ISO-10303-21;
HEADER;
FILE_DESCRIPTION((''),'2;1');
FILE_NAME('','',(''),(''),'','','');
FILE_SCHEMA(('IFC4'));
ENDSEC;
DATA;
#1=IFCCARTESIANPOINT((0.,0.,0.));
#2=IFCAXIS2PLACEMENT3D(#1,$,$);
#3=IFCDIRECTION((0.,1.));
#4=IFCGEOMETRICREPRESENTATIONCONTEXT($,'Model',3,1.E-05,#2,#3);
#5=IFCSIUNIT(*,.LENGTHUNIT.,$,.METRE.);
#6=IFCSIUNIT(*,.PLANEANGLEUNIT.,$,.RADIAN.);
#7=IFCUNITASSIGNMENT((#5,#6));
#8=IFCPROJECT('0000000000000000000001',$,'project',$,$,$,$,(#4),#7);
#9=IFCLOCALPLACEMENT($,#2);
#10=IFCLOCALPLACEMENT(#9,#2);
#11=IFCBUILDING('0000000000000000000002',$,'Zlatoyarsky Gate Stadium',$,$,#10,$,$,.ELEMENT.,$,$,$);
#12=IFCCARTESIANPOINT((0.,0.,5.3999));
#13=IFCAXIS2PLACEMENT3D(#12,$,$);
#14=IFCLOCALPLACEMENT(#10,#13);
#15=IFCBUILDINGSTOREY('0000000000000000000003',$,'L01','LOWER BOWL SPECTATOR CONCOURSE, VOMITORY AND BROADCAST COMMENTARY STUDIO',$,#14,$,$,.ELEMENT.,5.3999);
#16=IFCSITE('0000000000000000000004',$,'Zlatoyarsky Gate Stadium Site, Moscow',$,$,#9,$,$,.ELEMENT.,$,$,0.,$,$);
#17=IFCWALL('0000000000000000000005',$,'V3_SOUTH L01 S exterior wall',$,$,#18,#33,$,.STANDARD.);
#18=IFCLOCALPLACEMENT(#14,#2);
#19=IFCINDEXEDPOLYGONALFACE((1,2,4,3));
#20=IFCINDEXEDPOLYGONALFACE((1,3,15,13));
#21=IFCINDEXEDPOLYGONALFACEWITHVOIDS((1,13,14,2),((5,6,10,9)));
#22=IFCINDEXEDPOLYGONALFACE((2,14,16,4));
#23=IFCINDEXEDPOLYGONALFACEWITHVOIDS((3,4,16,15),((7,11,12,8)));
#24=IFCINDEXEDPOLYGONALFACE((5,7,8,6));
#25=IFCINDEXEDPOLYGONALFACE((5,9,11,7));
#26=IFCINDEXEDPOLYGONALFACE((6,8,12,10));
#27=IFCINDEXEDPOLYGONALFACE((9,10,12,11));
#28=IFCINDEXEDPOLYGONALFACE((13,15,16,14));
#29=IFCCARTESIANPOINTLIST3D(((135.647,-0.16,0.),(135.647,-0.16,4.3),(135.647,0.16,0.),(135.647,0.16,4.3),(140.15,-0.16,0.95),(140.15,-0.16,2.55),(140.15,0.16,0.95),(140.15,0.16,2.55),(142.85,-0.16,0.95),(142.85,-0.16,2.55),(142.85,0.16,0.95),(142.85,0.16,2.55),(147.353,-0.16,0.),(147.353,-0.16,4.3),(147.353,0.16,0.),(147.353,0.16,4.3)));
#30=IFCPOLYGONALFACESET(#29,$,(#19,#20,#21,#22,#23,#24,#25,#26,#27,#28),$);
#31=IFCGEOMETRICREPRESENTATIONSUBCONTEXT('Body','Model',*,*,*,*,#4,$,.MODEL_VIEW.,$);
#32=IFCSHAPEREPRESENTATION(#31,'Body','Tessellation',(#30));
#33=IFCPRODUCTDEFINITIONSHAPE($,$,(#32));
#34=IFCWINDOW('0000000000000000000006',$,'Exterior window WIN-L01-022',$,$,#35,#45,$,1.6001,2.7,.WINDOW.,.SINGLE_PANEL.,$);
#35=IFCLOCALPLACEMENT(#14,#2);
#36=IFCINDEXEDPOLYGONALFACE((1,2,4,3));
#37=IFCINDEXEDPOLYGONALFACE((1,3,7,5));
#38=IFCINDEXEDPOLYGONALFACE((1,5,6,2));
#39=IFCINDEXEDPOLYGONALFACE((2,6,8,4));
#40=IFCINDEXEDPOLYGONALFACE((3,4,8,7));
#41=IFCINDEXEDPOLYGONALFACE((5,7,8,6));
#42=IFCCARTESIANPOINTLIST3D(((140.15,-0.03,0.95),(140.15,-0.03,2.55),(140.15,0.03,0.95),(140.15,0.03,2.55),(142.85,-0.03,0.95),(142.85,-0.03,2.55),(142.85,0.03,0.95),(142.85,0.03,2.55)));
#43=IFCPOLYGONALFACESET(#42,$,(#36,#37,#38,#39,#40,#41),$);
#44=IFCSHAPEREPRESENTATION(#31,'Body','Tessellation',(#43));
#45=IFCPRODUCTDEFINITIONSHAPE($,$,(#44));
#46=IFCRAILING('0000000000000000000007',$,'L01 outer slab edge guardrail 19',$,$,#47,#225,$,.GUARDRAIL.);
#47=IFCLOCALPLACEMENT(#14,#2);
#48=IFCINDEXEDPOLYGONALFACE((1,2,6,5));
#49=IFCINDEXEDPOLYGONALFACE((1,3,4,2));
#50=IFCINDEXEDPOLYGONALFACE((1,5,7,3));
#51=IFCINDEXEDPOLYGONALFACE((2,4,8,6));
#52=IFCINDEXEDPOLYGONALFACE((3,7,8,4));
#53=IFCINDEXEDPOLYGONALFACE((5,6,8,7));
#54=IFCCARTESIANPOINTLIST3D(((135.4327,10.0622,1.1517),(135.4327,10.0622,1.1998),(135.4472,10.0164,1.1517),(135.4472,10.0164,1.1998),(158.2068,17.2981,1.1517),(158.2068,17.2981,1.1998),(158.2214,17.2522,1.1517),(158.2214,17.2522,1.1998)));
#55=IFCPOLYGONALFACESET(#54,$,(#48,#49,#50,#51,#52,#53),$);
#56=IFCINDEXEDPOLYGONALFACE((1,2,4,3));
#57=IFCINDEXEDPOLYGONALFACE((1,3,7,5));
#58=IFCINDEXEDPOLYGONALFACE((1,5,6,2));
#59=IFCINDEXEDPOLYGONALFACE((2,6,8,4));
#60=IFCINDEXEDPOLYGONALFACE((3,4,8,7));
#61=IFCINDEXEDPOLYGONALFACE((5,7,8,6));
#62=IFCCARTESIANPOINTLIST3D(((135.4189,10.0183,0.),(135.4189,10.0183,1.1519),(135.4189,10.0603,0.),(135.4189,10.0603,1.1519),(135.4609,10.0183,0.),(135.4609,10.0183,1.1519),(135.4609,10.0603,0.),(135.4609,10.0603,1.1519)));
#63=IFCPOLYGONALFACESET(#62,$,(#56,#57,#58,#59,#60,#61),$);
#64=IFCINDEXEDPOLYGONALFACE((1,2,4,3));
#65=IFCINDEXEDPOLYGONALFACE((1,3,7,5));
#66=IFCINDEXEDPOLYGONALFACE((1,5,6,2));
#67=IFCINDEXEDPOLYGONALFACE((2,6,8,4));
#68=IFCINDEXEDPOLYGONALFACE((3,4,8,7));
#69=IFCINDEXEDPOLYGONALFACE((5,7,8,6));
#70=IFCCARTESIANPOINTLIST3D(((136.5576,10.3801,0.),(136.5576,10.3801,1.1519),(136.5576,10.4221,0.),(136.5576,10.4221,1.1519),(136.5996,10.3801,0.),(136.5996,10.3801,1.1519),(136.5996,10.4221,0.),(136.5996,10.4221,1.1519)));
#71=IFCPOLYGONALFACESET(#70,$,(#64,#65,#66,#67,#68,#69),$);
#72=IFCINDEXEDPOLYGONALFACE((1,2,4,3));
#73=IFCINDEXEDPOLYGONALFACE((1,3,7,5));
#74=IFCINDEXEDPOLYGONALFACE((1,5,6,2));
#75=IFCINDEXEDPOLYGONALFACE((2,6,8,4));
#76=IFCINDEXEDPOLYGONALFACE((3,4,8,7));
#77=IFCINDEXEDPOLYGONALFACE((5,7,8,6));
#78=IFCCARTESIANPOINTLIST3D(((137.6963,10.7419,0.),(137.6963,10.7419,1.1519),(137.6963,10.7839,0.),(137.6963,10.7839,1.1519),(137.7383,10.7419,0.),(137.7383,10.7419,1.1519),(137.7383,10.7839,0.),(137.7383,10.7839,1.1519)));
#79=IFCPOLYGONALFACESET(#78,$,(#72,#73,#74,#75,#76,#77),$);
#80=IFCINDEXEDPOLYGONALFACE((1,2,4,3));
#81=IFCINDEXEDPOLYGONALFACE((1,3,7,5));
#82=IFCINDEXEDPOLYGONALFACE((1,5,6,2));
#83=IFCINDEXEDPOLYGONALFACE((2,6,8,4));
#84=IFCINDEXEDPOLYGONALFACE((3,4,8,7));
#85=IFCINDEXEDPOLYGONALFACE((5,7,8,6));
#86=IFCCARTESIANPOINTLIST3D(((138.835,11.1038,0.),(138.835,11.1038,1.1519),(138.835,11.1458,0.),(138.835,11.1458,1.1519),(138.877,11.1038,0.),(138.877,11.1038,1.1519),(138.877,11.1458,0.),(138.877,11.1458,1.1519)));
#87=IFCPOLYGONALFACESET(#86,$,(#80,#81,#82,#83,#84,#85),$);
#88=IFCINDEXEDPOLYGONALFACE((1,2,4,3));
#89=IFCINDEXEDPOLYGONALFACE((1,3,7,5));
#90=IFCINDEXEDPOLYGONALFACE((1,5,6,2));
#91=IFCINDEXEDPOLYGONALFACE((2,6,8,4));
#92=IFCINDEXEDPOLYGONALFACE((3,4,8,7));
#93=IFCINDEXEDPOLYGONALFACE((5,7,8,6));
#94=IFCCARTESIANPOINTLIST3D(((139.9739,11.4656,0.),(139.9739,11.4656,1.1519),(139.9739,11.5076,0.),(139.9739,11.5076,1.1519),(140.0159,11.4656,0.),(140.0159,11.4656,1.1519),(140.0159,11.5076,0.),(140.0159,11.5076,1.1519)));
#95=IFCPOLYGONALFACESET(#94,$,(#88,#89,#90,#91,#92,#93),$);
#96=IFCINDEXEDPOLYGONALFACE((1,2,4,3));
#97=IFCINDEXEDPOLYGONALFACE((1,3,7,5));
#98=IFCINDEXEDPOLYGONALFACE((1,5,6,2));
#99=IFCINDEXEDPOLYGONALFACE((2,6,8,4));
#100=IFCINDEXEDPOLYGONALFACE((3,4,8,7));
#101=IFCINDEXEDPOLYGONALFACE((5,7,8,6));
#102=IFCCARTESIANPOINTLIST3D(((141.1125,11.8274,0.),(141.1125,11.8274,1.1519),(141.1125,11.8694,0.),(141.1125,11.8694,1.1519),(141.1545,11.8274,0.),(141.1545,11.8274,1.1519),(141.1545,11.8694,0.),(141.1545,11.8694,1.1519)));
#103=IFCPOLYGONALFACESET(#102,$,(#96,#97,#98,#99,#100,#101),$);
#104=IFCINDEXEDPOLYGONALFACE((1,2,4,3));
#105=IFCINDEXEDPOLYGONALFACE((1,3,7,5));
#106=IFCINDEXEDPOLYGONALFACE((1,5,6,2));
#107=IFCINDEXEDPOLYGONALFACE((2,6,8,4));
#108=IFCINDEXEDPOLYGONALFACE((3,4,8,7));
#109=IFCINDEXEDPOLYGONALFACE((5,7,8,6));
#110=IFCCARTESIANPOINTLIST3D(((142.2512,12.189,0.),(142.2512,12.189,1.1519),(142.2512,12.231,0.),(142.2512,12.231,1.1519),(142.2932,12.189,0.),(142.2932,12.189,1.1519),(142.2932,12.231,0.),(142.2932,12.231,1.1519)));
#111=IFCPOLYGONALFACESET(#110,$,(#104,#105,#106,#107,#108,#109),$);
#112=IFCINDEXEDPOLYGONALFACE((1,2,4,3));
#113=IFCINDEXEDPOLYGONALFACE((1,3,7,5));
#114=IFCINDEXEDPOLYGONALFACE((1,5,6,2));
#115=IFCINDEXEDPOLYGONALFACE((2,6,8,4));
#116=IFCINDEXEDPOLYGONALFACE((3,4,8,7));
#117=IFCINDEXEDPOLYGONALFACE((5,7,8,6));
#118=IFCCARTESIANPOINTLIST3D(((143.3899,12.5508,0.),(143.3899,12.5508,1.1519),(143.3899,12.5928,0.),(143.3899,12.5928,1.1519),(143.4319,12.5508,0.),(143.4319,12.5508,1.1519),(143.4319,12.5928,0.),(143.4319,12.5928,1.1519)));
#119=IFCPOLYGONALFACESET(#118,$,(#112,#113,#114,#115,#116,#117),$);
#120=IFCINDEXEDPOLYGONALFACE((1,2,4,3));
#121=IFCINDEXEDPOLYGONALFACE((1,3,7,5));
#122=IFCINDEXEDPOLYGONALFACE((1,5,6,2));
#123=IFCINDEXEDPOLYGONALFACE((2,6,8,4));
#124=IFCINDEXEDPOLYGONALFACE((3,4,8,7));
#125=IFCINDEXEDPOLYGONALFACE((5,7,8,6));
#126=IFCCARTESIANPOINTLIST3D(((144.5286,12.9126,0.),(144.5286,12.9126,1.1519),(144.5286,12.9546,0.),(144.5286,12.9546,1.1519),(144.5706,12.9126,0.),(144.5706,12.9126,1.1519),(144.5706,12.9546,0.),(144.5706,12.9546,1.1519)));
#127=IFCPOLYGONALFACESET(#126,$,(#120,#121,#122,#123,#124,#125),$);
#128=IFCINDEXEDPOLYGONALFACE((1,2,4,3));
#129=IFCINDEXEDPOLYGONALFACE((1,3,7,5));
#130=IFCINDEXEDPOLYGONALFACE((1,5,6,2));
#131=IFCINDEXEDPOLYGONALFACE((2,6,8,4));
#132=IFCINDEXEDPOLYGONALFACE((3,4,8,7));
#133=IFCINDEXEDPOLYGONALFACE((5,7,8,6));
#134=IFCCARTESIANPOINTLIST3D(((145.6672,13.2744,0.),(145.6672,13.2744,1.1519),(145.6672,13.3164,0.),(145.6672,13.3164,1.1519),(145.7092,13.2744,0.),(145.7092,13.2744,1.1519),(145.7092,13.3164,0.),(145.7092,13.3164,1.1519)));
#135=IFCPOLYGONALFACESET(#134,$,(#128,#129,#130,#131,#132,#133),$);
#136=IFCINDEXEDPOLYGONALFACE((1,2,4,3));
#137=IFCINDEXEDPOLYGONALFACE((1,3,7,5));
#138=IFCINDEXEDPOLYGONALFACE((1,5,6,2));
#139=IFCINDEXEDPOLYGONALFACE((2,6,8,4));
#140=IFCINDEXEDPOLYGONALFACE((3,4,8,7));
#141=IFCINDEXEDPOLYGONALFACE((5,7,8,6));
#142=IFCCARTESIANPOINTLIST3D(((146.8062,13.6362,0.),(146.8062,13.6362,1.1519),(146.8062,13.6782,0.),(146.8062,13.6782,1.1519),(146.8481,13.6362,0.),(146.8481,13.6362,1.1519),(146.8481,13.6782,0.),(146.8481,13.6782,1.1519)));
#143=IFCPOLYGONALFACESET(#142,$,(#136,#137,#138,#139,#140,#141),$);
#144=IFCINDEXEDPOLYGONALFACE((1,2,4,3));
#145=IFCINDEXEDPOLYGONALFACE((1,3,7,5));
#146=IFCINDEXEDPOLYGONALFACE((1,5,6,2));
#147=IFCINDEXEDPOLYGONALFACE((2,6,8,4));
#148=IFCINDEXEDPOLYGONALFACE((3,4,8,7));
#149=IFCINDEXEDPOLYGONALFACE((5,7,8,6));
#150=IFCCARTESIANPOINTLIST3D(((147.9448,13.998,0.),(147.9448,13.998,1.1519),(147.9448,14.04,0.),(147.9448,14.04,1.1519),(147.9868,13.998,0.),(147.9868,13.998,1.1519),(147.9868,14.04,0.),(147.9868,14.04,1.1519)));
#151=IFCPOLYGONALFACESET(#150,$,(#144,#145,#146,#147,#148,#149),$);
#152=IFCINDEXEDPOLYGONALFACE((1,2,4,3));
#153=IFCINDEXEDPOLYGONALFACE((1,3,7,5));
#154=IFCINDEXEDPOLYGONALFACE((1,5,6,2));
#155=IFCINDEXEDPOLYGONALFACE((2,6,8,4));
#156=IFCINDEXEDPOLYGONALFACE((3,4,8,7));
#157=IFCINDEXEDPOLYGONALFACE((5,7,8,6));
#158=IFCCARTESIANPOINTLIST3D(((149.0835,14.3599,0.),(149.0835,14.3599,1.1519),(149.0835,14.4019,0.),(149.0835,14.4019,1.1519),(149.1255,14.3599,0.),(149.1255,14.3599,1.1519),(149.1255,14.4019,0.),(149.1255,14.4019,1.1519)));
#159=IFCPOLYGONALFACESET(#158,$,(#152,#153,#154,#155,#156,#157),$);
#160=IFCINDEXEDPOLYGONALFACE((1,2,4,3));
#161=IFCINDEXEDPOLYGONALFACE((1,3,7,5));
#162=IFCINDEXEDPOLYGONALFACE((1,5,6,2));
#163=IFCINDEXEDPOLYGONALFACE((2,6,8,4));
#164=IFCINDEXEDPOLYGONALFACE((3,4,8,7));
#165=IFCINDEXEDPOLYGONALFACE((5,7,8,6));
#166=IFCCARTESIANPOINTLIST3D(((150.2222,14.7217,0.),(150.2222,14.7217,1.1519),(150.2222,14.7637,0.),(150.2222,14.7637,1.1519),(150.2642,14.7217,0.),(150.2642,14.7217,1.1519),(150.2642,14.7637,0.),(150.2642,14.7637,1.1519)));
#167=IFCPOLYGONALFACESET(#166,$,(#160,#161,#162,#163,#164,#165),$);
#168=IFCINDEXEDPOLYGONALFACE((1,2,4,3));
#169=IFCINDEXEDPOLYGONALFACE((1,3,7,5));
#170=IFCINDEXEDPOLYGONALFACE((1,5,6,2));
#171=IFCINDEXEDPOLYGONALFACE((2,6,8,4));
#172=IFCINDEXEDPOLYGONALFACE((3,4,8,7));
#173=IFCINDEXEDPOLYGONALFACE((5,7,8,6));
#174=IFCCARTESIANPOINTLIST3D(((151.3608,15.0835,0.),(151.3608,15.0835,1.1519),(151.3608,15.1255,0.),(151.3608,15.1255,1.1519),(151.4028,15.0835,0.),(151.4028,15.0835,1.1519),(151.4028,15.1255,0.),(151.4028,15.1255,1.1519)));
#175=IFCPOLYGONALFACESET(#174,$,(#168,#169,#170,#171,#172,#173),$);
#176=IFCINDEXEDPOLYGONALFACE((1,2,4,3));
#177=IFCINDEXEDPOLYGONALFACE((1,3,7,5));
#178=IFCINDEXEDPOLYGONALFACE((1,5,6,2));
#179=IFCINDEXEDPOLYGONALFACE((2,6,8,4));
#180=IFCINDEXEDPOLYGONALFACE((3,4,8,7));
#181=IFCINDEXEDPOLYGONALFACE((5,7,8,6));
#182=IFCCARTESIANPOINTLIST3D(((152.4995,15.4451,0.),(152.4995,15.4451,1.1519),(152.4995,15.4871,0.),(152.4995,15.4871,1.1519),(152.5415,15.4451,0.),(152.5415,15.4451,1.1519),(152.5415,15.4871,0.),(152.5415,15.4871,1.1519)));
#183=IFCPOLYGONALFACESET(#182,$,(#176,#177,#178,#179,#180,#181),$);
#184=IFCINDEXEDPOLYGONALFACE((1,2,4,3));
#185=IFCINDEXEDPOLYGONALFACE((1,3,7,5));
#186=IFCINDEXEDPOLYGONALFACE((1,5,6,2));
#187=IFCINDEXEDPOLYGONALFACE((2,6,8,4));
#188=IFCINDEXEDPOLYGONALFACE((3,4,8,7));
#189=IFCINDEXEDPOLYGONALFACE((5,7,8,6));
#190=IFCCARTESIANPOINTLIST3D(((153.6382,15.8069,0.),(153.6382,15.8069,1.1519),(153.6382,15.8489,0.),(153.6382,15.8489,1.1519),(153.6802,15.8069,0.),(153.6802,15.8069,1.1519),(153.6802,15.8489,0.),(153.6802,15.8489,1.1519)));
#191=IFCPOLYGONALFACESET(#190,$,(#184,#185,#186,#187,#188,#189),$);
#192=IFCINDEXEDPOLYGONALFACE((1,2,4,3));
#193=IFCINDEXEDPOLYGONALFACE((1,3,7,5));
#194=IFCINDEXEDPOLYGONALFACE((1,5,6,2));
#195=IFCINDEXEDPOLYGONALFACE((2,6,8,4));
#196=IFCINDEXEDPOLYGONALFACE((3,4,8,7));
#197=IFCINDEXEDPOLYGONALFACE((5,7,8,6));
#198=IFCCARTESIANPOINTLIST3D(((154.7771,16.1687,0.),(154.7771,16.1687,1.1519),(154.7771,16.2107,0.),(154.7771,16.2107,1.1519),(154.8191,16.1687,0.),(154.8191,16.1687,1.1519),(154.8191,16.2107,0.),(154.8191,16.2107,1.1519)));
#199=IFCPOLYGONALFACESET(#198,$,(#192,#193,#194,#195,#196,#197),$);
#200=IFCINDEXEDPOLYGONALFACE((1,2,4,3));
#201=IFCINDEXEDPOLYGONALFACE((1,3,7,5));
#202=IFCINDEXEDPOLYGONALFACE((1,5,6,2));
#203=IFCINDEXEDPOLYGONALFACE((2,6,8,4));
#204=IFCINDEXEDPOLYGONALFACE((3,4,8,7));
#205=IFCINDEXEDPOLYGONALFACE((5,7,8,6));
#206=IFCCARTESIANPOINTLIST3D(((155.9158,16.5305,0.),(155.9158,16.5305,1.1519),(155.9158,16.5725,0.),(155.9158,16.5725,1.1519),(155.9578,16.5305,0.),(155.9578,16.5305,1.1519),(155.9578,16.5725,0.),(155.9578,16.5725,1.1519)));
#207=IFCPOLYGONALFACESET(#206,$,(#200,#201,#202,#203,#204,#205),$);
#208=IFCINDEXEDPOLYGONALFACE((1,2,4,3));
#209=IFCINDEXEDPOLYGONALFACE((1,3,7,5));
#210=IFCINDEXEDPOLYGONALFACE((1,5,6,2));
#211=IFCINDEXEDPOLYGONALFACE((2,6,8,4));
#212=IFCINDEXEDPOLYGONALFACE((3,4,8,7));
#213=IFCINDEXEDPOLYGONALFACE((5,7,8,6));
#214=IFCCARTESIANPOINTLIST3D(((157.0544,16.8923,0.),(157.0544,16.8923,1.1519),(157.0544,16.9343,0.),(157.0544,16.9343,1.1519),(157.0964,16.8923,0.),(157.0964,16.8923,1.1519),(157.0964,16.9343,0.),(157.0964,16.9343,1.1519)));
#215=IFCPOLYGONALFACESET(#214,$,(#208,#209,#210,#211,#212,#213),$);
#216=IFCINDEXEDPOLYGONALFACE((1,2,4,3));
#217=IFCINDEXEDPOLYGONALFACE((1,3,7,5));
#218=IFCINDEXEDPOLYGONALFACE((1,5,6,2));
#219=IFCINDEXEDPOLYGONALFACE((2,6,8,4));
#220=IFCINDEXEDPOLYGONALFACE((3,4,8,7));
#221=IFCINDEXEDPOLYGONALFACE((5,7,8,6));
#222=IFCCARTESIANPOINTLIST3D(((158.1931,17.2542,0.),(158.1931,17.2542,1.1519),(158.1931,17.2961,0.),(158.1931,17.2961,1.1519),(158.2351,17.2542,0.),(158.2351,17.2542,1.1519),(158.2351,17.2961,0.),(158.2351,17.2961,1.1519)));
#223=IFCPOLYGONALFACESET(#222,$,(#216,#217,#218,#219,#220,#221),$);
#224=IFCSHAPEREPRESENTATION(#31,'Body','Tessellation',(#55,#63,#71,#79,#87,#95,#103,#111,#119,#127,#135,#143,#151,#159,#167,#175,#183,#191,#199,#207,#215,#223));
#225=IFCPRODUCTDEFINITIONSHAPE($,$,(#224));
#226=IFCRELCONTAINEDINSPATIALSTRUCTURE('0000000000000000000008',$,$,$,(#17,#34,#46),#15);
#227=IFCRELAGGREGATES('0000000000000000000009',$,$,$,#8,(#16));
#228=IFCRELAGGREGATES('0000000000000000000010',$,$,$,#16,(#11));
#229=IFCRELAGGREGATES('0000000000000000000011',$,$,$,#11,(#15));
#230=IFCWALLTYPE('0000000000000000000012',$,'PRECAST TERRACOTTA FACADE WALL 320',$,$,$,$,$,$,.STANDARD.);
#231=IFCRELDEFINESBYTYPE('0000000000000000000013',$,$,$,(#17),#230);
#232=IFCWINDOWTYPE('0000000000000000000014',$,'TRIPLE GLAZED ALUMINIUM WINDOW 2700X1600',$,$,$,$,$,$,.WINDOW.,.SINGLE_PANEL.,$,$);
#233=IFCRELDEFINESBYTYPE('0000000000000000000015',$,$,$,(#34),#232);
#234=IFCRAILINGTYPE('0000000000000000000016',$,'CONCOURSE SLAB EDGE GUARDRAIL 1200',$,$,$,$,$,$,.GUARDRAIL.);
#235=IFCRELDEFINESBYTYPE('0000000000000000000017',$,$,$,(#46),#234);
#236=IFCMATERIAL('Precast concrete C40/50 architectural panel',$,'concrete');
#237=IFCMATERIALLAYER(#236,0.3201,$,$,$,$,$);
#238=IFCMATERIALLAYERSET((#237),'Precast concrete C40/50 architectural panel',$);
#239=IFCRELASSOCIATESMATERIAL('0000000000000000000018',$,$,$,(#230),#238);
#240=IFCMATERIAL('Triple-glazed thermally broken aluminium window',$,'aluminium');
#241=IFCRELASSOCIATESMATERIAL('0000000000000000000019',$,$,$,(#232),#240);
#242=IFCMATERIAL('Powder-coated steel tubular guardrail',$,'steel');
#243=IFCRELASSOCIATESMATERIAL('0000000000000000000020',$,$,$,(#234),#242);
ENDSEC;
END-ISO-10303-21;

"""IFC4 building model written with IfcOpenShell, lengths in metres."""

from ifc_helpers import new_model, si_unit, direction, frame, frame_2d, origin, origin_2d, place, context, subcontext, project, spatial, rectangle, extrude, material, layer, layer_set, type_object, element, fill, save


model = new_model("IFC4")

# Units and contexts
model_context = context("Model", 3, precision=1e-05, world=origin(), true_north=direction((0.0, 1.0)))
body_context = subcontext(model_context, "Body", "Model", "MODEL_VIEW")
ifc_project = project(units=[si_unit("LENGTHUNIT", "METRE"), si_unit("PLANEANGLEUNIT", "RADIAN")], contexts=[model_context])

# Site, building, storey
site_placement = place(None, origin())
site = spatial("IfcSite", under=ifc_project, at=site_placement, Name="Zlatoyarsky Gate Stadium Site, Moscow", CompositionType="ELEMENT", RefElevation=0.0)
building_placement = place(site_placement, origin())
building = spatial("IfcBuilding", under=site, at=building_placement, Name="Zlatoyarsky Gate Stadium", CompositionType="ELEMENT")
storey_placement = place(building_placement, frame((0.0, 0.0, 5.3999)))
storey = spatial("IfcBuildingStorey", under=building, at=storey_placement, Name="L01", Description="LOWER BOWL SPECTATOR CONCOURSE, VOMITORY AND BROADCAST COMMENTARY STUDIO", CompositionType="ELEMENT", Elevation=5.3999)

# Wall, opening, window
ifc_material_1 = material(Name="Precast concrete C40/50 architectural panel", Category="concrete")
ifc_layer_1 = layer(ifc_material_1, 0.3201)
ifc_layer_set_1 = layer_set([ifc_layer_1], Name="Precast concrete C40/50 architectural panel")
wall_type_1 = type_object("IfcWallType", Name="PRECAST TERRACOTTA FACADE WALL 320", PredefinedType="STANDARD", material=ifc_layer_set_1)
wall_1_placement = place(storey_placement, frame((135.647, 0.0, 0.0), z_axis=(0.0, 0.0, 1.0), x_axis=(1.0, 0.0, 0.0)))
wall_1 = element("IfcWall", 1, at=wall_1_placement, inside=storey, type_object=wall_type_1, Name="V3_SOUTH L01 S exterior wall", PredefinedType="STANDARD", context=body_context, shape_type="SweptSolid", body=[
    extrude(rectangle(XDim=11.7061, YDim=0.3201, at=frame_2d((5.853, 0.0))), origin(), (0.0, 0.0, 1.0), 4.3),
])
opening_placement = place(wall_1_placement, frame((4.5029, 0.0, 0.95)))
opening = element("IfcOpeningElement", 2, at=opening_placement, cuts=wall_1, PredefinedType="OPENING", context=body_context, shape_type="SweptSolid", body=[
    extrude(rectangle(XDim=2.7, YDim=1.6001, at=frame_2d((1.3501, 0.8))), frame((0.0, 0.1699, 0.0), z_axis=(0.0, -1.0, 0.0), x_axis=(1.0, 0.0, 0.0)), (0.0, 0.0, 1.0), 0.3401),
])
ifc_material_2 = material(Name="Triple-glazed thermally broken aluminium window", Category="aluminium")
window_type = type_object("IfcWindowType", Name="TRIPLE GLAZED ALUMINIUM WINDOW 2700X1600", PartitioningType="SINGLE_PANEL", PredefinedType="WINDOW", material=ifc_material_2)
window_placement = place(opening_placement, origin())
window = element("IfcWindow", 3, at=window_placement, inside=storey, type_object=window_type, Name="Exterior window WIN-L01-022", OverallHeight=1.6001, OverallWidth=2.7, PartitioningType="SINGLE_PANEL", PredefinedType="WINDOW", context=body_context, shape_type="SweptSolid", body=[
    extrude(rectangle(XDim=2.7, YDim=1.6001, at=frame_2d((1.3501, 0.8))), frame((0.0, 0.03, 0.0), z_axis=(0.0, -1.0, 0.0), x_axis=(1.0, 0.0, 0.0)), (0.0, 0.0, 1.0), 0.0601),
])
fill(opening, window)

# Railing
ifc_material_3 = material(Name="Powder-coated steel tubular guardrail", Category="steel")
railing_type = type_object("IfcRailingType", Name="CONCOURSE SLAB EDGE GUARDRAIL 1200", PredefinedType="GUARDRAIL", material=ifc_material_3)
railing_placement = place(storey_placement, frame((135.4399, 10.0393, 0.0)))
element("IfcRailing", 4, at=railing_placement, inside=storey, type_object=railing_type, Name="L01 outer slab edge guardrail 19", PredefinedType="GUARDRAIL", context=body_context, shape_type="SweptSolid", body=[
    extrude(rectangle(XDim=0.0481, YDim=0.0481, at=origin_2d()), frame((0.0, 0.0, 1.1758), z_axis=(0.953052, 0.302805, 0.0), x_axis=(-0.302805, 0.953052, 0.0)), (0.0, 0.0, 1.0), 23.896),
    extrude(rectangle(XDim=0.042, YDim=0.042, at=origin_2d()), origin(), (0.0, 0.0, 1.0), 1.1519),
    extrude(rectangle(XDim=0.042, YDim=0.042, at=origin_2d()), frame((1.1387, 0.3618, 0.0)), (0.0, 0.0, 1.0), 1.1519),
    extrude(rectangle(XDim=0.042, YDim=0.042, at=origin_2d()), frame((2.2773, 0.7236, 0.0)), (0.0, 0.0, 1.0), 1.1519),
    extrude(rectangle(XDim=0.042, YDim=0.042, at=origin_2d()), frame((3.416, 1.0854, 0.0)), (0.0, 0.0, 1.0), 1.1519),
    extrude(rectangle(XDim=0.042, YDim=0.042, at=origin_2d()), frame((4.5549, 1.4473, 0.0)), (0.0, 0.0, 1.0), 1.1519),
    extrude(rectangle(XDim=0.042, YDim=0.042, at=origin_2d()), frame((5.6936, 1.8091, 0.0)), (0.0, 0.0, 1.0), 1.1519),
    extrude(rectangle(XDim=0.042, YDim=0.042, at=origin_2d()), frame((6.8323, 2.1707, 0.0)), (0.0, 0.0, 1.0), 1.1519),
    extrude(rectangle(XDim=0.042, YDim=0.042, at=origin_2d()), frame((7.9709, 2.5325, 0.0)), (0.0, 0.0, 1.0), 1.1519),
    extrude(rectangle(XDim=0.042, YDim=0.042, at=origin_2d()), frame((9.1096, 2.8943, 0.0)), (0.0, 0.0, 1.0), 1.1519),
    extrude(rectangle(XDim=0.042, YDim=0.042, at=origin_2d()), frame((10.2483, 3.2561, 0.0)), (0.0, 0.0, 1.0), 1.1519),
    extrude(rectangle(XDim=0.042, YDim=0.042, at=origin_2d()), frame((11.3872, 3.6179, 0.0)), (0.0, 0.0, 1.0), 1.1519),
    extrude(rectangle(XDim=0.042, YDim=0.042, at=origin_2d()), frame((12.5259, 3.9797, 0.0)), (0.0, 0.0, 1.0), 1.1519),
    extrude(rectangle(XDim=0.042, YDim=0.042, at=origin_2d()), frame((13.6646, 4.3416, 0.0)), (0.0, 0.0, 1.0), 1.1519),
    extrude(rectangle(XDim=0.042, YDim=0.042, at=origin_2d()), frame((14.8032, 4.7034, 0.0)), (0.0, 0.0, 1.0), 1.1519),
    extrude(rectangle(XDim=0.042, YDim=0.042, at=origin_2d()), frame((15.9419, 5.0652, 0.0)), (0.0, 0.0, 1.0), 1.1519),
    extrude(rectangle(XDim=0.042, YDim=0.042, at=origin_2d()), frame((17.0806, 5.4268, 0.0)), (0.0, 0.0, 1.0), 1.1519),
    extrude(rectangle(XDim=0.042, YDim=0.042, at=origin_2d()), frame((18.2192, 5.7886, 0.0)), (0.0, 0.0, 1.0), 1.1519),
    extrude(rectangle(XDim=0.042, YDim=0.042, at=origin_2d()), frame((19.3582, 6.1504, 0.0)), (0.0, 0.0, 1.0), 1.1519),
    extrude(rectangle(XDim=0.042, YDim=0.042, at=origin_2d()), frame((20.4968, 6.5122, 0.0)), (0.0, 0.0, 1.0), 1.1519),
    extrude(rectangle(XDim=0.042, YDim=0.042, at=origin_2d()), frame((21.6355, 6.874, 0.0)), (0.0, 0.0, 1.0), 1.1519),
    extrude(rectangle(XDim=0.042, YDim=0.042, at=origin_2d()), frame((22.7742, 7.2358, 0.0)), (0.0, 0.0, 1.0), 1.1519),
])

save(model, "model.ifc")
